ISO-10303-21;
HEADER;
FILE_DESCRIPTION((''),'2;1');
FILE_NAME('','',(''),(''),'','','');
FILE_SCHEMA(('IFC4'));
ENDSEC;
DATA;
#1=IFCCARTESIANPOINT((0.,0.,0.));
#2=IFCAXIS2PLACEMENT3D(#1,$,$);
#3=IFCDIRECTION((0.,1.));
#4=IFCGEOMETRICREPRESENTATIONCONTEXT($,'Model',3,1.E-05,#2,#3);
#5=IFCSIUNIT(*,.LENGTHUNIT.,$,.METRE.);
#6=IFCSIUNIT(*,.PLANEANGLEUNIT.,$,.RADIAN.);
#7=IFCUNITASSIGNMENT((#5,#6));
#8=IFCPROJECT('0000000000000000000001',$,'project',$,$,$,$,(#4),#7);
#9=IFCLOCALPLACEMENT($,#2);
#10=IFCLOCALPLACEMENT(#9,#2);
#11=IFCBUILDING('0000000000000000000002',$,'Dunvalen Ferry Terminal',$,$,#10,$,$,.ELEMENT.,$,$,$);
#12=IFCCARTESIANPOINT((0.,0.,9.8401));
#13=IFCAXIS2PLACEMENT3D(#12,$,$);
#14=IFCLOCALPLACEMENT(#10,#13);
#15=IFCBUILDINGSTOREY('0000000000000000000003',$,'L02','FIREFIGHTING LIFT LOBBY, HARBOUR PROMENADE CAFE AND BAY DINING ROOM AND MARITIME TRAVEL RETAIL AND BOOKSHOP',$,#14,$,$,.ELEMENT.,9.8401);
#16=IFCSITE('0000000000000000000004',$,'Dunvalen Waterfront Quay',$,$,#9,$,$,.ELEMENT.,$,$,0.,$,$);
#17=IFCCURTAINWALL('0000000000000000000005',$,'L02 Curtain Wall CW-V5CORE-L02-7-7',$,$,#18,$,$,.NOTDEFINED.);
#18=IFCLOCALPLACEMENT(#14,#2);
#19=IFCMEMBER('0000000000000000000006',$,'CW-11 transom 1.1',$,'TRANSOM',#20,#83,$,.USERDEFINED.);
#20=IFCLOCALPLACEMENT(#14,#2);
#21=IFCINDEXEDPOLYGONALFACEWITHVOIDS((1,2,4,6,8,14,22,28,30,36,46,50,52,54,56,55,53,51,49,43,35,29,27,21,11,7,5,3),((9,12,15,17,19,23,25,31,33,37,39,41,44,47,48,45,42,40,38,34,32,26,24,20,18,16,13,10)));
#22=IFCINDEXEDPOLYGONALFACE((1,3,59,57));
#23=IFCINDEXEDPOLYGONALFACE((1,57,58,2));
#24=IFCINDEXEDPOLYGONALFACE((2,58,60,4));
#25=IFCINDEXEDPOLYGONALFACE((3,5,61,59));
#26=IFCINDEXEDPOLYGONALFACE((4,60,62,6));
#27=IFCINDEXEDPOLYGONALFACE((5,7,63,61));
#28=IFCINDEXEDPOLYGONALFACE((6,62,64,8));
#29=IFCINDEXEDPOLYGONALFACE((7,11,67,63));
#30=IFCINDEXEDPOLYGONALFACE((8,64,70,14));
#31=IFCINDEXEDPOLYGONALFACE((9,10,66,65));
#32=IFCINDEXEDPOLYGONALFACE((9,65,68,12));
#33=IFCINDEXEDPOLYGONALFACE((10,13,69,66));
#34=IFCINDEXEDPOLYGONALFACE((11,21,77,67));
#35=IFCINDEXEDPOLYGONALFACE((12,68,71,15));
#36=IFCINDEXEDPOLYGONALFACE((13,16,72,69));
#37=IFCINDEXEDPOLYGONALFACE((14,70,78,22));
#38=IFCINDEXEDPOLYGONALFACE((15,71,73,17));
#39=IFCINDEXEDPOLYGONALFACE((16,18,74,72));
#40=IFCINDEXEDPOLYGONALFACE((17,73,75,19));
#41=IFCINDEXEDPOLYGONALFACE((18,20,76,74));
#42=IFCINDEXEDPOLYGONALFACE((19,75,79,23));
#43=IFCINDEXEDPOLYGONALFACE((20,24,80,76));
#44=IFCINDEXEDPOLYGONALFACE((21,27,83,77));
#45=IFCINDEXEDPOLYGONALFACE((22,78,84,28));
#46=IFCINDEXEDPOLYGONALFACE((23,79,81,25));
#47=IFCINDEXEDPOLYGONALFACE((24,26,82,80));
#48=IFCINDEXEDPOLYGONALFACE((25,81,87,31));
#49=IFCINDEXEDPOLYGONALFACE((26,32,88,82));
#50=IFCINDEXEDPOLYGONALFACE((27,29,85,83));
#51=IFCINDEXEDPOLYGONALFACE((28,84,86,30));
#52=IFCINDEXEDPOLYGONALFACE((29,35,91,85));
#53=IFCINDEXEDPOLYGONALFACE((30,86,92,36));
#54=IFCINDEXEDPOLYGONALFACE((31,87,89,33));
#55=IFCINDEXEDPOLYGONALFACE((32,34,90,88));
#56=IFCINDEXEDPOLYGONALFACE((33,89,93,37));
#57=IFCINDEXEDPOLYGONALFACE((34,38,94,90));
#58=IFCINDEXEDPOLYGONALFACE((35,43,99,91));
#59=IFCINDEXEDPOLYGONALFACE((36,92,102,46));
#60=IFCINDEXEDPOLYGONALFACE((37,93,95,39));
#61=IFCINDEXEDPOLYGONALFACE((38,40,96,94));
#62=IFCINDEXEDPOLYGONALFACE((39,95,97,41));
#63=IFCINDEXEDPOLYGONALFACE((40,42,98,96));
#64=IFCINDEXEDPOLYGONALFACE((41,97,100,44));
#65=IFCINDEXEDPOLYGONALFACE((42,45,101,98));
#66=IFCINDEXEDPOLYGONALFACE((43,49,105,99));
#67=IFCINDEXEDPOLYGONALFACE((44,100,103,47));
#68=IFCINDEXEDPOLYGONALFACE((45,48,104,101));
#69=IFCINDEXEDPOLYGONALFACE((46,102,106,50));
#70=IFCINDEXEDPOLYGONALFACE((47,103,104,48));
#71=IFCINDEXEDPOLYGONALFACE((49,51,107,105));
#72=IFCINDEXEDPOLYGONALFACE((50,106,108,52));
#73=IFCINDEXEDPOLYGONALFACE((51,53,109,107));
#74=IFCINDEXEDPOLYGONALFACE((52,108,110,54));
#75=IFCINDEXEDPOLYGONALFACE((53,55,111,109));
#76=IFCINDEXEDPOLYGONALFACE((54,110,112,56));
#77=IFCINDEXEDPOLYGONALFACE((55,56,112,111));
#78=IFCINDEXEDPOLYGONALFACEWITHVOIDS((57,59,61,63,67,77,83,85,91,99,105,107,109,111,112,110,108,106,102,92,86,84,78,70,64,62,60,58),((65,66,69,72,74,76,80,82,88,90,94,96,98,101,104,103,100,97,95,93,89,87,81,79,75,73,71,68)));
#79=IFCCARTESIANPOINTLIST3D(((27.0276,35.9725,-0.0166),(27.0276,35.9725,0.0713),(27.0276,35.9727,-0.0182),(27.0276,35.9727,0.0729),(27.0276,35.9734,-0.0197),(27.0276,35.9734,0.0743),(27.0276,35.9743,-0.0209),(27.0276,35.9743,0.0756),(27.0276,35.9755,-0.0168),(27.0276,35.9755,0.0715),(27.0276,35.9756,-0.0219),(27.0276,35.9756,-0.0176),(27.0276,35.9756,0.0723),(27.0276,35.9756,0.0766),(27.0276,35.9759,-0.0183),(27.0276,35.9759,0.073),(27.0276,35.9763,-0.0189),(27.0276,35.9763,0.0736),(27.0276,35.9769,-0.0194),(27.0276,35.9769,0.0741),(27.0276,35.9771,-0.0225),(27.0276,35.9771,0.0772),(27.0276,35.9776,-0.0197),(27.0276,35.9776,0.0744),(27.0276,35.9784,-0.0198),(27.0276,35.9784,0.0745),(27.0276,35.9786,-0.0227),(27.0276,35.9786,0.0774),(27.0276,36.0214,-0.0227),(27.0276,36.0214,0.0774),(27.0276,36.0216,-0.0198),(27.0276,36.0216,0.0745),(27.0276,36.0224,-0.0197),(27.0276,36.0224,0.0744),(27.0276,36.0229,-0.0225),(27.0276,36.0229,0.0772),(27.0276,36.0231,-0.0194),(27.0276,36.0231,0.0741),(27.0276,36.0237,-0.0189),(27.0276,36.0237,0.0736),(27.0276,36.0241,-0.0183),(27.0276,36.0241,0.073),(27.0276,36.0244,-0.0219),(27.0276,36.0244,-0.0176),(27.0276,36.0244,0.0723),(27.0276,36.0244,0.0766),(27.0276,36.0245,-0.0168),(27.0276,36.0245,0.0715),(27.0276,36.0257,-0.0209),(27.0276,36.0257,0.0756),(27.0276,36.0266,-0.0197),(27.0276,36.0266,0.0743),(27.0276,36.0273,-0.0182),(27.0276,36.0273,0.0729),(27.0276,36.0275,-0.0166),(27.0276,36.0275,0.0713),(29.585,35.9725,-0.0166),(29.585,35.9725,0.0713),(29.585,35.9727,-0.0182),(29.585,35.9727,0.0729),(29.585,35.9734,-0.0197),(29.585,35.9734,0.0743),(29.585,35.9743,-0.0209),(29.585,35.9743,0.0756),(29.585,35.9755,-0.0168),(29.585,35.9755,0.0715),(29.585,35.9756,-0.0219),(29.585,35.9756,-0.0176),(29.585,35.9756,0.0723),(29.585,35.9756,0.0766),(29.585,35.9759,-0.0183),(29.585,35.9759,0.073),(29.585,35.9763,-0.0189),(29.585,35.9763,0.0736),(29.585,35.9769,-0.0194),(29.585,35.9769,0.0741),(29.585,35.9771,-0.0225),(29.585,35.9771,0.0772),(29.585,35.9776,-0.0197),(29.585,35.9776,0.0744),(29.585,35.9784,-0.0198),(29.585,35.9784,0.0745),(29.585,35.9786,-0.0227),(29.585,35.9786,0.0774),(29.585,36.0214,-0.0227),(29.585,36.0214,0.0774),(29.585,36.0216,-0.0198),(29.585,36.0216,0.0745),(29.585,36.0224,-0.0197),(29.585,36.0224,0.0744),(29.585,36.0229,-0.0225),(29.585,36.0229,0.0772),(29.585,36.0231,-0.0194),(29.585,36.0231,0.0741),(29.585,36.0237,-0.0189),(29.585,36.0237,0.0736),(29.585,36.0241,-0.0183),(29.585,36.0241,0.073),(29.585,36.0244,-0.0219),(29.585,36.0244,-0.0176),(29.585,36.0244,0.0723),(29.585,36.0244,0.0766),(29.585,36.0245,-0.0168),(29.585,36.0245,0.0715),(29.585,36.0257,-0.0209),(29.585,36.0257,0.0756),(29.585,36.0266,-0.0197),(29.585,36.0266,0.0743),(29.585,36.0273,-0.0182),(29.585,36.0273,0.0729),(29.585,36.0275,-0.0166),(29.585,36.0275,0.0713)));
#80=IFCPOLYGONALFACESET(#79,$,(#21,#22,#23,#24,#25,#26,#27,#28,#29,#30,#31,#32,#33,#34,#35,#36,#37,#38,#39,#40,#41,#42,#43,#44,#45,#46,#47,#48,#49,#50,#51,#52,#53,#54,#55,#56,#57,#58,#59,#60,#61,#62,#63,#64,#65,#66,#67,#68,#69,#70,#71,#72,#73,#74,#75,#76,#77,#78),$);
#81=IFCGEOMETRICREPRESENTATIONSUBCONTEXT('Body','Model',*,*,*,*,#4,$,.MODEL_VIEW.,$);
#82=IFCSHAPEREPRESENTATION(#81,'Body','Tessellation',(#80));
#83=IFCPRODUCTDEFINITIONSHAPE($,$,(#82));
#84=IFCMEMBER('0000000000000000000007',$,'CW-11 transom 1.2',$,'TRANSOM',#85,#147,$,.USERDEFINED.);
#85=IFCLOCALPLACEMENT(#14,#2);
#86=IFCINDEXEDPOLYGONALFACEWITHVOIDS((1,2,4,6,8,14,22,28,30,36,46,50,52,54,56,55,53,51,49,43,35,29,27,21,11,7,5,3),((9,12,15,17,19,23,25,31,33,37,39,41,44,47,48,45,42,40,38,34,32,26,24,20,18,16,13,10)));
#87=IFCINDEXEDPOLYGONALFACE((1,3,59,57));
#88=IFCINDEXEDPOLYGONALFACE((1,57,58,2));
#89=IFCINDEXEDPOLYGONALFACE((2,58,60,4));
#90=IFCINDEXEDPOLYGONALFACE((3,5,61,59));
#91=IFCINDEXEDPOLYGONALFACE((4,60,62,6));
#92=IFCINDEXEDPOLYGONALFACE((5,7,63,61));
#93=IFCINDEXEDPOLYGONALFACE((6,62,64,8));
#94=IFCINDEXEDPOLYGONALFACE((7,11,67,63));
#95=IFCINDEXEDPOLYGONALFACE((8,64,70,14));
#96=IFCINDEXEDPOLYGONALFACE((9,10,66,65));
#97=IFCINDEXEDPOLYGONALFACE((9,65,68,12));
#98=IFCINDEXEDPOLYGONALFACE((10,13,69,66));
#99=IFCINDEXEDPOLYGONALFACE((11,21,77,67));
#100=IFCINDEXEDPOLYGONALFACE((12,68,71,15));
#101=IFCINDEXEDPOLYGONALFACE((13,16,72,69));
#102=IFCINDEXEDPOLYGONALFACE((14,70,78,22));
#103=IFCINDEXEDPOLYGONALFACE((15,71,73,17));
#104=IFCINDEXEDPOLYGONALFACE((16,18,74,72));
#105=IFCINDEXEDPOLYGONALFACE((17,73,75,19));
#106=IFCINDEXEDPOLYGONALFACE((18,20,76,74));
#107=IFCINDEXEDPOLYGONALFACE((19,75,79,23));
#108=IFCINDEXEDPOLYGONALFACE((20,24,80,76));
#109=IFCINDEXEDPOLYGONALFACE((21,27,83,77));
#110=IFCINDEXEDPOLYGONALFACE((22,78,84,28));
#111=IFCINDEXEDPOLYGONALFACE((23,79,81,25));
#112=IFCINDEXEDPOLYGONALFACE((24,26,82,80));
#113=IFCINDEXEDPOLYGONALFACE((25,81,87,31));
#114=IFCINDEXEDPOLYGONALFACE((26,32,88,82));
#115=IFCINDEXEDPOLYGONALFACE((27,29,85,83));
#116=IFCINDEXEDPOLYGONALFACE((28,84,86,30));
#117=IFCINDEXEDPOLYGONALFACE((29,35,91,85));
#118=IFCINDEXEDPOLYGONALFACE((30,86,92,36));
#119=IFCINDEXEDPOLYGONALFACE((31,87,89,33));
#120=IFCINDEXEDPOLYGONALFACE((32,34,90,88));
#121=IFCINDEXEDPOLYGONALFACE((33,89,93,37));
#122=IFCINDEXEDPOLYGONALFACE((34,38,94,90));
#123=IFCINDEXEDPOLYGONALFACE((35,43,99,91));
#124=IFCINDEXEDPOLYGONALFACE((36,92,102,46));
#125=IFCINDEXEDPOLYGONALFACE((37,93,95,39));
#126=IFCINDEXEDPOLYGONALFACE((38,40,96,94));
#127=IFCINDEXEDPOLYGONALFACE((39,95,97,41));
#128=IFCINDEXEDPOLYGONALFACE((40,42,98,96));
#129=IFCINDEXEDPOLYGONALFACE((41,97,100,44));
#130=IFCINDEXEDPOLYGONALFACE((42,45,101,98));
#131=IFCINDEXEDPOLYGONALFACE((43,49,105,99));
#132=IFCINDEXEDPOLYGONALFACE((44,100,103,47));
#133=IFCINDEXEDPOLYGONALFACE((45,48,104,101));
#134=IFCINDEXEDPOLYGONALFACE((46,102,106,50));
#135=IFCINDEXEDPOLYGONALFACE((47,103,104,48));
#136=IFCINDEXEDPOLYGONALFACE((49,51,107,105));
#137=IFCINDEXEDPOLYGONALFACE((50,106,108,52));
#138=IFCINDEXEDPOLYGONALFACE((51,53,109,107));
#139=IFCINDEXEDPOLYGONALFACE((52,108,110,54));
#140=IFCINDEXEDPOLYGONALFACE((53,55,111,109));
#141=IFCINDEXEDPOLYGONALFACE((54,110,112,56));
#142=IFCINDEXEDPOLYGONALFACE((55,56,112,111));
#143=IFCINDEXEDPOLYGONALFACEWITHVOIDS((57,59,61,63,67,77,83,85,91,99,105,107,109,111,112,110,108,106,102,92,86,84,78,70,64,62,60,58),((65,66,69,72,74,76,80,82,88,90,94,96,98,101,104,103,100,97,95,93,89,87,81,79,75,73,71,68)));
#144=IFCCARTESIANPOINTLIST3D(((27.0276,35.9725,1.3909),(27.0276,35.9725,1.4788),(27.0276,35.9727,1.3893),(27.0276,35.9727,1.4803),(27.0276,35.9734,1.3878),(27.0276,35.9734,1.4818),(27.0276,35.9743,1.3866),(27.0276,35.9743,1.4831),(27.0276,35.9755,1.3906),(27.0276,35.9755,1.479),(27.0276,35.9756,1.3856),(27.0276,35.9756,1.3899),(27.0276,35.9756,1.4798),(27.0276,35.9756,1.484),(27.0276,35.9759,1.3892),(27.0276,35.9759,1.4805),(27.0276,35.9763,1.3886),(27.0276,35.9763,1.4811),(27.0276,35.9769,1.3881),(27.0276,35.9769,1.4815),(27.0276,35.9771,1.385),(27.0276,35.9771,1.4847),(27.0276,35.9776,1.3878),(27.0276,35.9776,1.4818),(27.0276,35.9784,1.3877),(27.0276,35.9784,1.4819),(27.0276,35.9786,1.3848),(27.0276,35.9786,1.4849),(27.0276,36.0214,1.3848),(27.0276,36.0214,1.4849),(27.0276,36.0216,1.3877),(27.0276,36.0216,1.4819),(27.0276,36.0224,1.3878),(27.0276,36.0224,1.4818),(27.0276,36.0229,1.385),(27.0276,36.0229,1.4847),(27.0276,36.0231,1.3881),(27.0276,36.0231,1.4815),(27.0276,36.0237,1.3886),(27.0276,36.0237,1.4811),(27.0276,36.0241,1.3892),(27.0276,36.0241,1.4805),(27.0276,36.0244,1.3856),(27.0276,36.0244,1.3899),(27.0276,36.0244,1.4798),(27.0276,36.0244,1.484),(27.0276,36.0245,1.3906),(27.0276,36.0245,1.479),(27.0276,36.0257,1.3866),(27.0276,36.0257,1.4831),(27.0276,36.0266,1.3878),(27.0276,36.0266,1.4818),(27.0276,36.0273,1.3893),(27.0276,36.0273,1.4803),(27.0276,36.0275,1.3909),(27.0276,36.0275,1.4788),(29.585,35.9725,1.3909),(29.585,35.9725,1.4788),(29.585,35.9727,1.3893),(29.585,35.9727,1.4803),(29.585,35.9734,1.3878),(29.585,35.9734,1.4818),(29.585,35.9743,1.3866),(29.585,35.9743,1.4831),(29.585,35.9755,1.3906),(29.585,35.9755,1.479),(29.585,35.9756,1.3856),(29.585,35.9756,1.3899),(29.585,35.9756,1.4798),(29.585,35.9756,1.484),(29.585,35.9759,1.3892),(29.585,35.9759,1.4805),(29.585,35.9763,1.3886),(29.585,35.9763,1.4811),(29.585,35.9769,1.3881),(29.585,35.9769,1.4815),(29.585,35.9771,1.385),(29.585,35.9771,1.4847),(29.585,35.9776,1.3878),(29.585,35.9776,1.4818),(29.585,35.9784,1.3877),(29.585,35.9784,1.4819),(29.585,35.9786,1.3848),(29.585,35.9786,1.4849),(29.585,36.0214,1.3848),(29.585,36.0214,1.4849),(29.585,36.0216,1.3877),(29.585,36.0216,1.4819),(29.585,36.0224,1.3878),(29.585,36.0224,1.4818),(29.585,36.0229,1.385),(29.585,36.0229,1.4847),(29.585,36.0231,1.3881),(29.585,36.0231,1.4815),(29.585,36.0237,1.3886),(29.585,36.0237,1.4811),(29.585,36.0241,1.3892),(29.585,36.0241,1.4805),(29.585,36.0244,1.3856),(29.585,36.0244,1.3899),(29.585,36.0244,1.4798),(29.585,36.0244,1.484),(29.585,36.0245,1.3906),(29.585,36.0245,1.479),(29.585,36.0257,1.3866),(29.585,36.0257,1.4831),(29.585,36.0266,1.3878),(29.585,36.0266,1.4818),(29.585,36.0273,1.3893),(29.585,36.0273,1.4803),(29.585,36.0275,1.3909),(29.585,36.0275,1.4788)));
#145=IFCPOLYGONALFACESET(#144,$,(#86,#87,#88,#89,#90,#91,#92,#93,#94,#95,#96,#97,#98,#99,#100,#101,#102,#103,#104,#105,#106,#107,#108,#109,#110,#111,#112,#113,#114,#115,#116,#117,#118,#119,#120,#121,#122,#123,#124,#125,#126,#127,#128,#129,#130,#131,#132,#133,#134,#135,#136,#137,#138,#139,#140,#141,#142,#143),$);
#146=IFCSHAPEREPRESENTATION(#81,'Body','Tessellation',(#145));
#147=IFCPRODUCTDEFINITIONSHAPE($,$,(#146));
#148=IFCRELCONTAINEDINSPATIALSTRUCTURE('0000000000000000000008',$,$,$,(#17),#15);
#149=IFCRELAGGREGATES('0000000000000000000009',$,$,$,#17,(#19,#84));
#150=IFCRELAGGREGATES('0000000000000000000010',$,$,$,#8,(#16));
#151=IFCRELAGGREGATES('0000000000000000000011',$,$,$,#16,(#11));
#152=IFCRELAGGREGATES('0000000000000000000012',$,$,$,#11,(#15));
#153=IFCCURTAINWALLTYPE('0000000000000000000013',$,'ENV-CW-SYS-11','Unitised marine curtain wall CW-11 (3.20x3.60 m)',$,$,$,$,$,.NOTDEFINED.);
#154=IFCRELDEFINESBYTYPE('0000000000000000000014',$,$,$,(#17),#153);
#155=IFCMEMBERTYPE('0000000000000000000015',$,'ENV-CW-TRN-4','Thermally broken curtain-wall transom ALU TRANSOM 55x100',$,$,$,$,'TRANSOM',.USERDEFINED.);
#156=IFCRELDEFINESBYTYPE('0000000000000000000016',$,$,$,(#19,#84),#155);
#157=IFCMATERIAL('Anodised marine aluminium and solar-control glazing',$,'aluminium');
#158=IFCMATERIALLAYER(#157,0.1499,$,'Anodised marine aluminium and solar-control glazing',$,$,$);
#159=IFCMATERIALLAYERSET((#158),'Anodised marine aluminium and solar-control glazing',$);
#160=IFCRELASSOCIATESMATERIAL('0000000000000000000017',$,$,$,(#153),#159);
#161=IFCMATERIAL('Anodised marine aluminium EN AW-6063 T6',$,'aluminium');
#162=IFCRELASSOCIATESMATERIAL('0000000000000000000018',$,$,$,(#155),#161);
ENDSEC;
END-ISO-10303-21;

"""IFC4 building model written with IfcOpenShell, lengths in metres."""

from ifc_helpers import new_model, si_unit, direction, frame, origin, origin_2d, place, context, subcontext, project, spatial, hollow_rectangle, extrude, material, layer, layer_set, material_profile, profile_set, type_object, element, aggregate, save


model = new_model("IFC4")

# Units and contexts
model_context = context("Model", 3, precision=1e-05, world=origin(), true_north=direction((0.0, 1.0)))
body_context = subcontext(model_context, "Body", "Model", "MODEL_VIEW")
ifc_project = project(units=[si_unit("LENGTHUNIT", "METRE"), si_unit("PLANEANGLEUNIT", "RADIAN")], contexts=[model_context])

# Site, building, storey
site_placement = place(None, origin())
site = spatial("IfcSite", under=ifc_project, at=site_placement, Name="Dunvalen Waterfront Quay", CompositionType="ELEMENT", RefElevation=0.0)
building_placement = place(site_placement, origin())
building = spatial("IfcBuilding", under=site, at=building_placement, Name="Dunvalen Ferry Terminal", CompositionType="ELEMENT")
storey_placement = place(building_placement, frame((0.0, 0.0, 9.8401)))
storey = spatial("IfcBuildingStorey", under=building, at=storey_placement, Name="L02", Description="FIREFIGHTING LIFT LOBBY, HARBOUR PROMENADE CAFE AND BAY DINING ROOM AND MARITIME TRAVEL RETAIL AND BOOKSHOP", CompositionType="ELEMENT", Elevation=9.8401)

# Shared definitions
ifc_material_1 = material(Name="Anodised marine aluminium and solar-control glazing", Category="aluminium")
ifc_layer_1 = layer(ifc_material_1, 0.1499, Name="Anodised marine aluminium and solar-control glazing")
ifc_layer_set_1 = layer_set([ifc_layer_1], Name="Anodised marine aluminium and solar-control glazing")
curtain_wall_type = type_object("IfcCurtainWallType", Name="ENV-CW-SYS-11", Description="Unitised marine curtain wall CW-11 (3.20x3.60 m)", PredefinedType="NOTDEFINED", material=ifc_layer_set_1)
ifc_material_2 = material(Name="Anodised marine aluminium EN AW-6063 T6", Category="aluminium")

# Curtain wall
curtain_wall_1_placement = place(storey_placement, origin())
curtain_wall_1 = element("IfcCurtainWall", 1, at=curtain_wall_1_placement, inside=storey, type_object=curtain_wall_type, Name="L02 Curtain Wall CW-V5CORE-L02-7-7", PredefinedType="NOTDEFINED")

# Members
ifc_material_profile_1 = material_profile(ifc_material_2, hollow_rectangle(XDim=0.0549, YDim=0.1001, WallThickness=0.0029, InnerFilletRadius=0.0029, OuterFilletRadius=0.0061, at=origin_2d()), Name="Anodised marine aluminium EN AW-6063 T6")
ifc_profile_set_1 = profile_set([ifc_material_profile_1], Name="Anodised marine aluminium EN AW-6063 T6")
member_type_1 = type_object("IfcMemberType", Name="ENV-CW-TRN-4", Description="Thermally broken curtain-wall transom ALU TRANSOM 55x100", ElementType="TRANSOM", PredefinedType="USERDEFINED", material=ifc_profile_set_1)
member_1_placement = place(storey_placement, frame((29.585, 36.0, 0.0273), z_axis=(-1.0, 0.0, 0.0), x_axis=(0.0, -1.0, 0.0)))
member_1 = element("IfcMember", 2, at=member_1_placement, type_object=member_type_1, Name="CW-11 transom 1.1", ObjectType="TRANSOM", PredefinedType="USERDEFINED", context=body_context, shape_type="SweptSolid", body=[
    extrude(hollow_rectangle(XDim=0.0549, YDim=0.1001, WallThickness=0.0029, InnerFilletRadius=0.0029, OuterFilletRadius=0.0061, at=origin_2d()), origin(), (0.0, 0.0, 1.0), 2.5574),
])
member_2_placement = place(storey_placement, frame((29.585, 36.0, 1.4348), z_axis=(-1.0, 0.0, 0.0), x_axis=(0.0, -1.0, 0.0)))
member_2 = element("IfcMember", 3, at=member_2_placement, type_object=member_type_1, Name="CW-11 transom 1.2", ObjectType="TRANSOM", PredefinedType="USERDEFINED", context=body_context, shape_type="SweptSolid", body=[
    extrude(hollow_rectangle(XDim=0.0549, YDim=0.1001, WallThickness=0.0029, InnerFilletRadius=0.0029, OuterFilletRadius=0.0061, at=origin_2d()), origin(), (0.0, 0.0, 1.0), 2.5574),
])

aggregate(curtain_wall_1, [member_1, member_2])

save(model, "model.ifc")
